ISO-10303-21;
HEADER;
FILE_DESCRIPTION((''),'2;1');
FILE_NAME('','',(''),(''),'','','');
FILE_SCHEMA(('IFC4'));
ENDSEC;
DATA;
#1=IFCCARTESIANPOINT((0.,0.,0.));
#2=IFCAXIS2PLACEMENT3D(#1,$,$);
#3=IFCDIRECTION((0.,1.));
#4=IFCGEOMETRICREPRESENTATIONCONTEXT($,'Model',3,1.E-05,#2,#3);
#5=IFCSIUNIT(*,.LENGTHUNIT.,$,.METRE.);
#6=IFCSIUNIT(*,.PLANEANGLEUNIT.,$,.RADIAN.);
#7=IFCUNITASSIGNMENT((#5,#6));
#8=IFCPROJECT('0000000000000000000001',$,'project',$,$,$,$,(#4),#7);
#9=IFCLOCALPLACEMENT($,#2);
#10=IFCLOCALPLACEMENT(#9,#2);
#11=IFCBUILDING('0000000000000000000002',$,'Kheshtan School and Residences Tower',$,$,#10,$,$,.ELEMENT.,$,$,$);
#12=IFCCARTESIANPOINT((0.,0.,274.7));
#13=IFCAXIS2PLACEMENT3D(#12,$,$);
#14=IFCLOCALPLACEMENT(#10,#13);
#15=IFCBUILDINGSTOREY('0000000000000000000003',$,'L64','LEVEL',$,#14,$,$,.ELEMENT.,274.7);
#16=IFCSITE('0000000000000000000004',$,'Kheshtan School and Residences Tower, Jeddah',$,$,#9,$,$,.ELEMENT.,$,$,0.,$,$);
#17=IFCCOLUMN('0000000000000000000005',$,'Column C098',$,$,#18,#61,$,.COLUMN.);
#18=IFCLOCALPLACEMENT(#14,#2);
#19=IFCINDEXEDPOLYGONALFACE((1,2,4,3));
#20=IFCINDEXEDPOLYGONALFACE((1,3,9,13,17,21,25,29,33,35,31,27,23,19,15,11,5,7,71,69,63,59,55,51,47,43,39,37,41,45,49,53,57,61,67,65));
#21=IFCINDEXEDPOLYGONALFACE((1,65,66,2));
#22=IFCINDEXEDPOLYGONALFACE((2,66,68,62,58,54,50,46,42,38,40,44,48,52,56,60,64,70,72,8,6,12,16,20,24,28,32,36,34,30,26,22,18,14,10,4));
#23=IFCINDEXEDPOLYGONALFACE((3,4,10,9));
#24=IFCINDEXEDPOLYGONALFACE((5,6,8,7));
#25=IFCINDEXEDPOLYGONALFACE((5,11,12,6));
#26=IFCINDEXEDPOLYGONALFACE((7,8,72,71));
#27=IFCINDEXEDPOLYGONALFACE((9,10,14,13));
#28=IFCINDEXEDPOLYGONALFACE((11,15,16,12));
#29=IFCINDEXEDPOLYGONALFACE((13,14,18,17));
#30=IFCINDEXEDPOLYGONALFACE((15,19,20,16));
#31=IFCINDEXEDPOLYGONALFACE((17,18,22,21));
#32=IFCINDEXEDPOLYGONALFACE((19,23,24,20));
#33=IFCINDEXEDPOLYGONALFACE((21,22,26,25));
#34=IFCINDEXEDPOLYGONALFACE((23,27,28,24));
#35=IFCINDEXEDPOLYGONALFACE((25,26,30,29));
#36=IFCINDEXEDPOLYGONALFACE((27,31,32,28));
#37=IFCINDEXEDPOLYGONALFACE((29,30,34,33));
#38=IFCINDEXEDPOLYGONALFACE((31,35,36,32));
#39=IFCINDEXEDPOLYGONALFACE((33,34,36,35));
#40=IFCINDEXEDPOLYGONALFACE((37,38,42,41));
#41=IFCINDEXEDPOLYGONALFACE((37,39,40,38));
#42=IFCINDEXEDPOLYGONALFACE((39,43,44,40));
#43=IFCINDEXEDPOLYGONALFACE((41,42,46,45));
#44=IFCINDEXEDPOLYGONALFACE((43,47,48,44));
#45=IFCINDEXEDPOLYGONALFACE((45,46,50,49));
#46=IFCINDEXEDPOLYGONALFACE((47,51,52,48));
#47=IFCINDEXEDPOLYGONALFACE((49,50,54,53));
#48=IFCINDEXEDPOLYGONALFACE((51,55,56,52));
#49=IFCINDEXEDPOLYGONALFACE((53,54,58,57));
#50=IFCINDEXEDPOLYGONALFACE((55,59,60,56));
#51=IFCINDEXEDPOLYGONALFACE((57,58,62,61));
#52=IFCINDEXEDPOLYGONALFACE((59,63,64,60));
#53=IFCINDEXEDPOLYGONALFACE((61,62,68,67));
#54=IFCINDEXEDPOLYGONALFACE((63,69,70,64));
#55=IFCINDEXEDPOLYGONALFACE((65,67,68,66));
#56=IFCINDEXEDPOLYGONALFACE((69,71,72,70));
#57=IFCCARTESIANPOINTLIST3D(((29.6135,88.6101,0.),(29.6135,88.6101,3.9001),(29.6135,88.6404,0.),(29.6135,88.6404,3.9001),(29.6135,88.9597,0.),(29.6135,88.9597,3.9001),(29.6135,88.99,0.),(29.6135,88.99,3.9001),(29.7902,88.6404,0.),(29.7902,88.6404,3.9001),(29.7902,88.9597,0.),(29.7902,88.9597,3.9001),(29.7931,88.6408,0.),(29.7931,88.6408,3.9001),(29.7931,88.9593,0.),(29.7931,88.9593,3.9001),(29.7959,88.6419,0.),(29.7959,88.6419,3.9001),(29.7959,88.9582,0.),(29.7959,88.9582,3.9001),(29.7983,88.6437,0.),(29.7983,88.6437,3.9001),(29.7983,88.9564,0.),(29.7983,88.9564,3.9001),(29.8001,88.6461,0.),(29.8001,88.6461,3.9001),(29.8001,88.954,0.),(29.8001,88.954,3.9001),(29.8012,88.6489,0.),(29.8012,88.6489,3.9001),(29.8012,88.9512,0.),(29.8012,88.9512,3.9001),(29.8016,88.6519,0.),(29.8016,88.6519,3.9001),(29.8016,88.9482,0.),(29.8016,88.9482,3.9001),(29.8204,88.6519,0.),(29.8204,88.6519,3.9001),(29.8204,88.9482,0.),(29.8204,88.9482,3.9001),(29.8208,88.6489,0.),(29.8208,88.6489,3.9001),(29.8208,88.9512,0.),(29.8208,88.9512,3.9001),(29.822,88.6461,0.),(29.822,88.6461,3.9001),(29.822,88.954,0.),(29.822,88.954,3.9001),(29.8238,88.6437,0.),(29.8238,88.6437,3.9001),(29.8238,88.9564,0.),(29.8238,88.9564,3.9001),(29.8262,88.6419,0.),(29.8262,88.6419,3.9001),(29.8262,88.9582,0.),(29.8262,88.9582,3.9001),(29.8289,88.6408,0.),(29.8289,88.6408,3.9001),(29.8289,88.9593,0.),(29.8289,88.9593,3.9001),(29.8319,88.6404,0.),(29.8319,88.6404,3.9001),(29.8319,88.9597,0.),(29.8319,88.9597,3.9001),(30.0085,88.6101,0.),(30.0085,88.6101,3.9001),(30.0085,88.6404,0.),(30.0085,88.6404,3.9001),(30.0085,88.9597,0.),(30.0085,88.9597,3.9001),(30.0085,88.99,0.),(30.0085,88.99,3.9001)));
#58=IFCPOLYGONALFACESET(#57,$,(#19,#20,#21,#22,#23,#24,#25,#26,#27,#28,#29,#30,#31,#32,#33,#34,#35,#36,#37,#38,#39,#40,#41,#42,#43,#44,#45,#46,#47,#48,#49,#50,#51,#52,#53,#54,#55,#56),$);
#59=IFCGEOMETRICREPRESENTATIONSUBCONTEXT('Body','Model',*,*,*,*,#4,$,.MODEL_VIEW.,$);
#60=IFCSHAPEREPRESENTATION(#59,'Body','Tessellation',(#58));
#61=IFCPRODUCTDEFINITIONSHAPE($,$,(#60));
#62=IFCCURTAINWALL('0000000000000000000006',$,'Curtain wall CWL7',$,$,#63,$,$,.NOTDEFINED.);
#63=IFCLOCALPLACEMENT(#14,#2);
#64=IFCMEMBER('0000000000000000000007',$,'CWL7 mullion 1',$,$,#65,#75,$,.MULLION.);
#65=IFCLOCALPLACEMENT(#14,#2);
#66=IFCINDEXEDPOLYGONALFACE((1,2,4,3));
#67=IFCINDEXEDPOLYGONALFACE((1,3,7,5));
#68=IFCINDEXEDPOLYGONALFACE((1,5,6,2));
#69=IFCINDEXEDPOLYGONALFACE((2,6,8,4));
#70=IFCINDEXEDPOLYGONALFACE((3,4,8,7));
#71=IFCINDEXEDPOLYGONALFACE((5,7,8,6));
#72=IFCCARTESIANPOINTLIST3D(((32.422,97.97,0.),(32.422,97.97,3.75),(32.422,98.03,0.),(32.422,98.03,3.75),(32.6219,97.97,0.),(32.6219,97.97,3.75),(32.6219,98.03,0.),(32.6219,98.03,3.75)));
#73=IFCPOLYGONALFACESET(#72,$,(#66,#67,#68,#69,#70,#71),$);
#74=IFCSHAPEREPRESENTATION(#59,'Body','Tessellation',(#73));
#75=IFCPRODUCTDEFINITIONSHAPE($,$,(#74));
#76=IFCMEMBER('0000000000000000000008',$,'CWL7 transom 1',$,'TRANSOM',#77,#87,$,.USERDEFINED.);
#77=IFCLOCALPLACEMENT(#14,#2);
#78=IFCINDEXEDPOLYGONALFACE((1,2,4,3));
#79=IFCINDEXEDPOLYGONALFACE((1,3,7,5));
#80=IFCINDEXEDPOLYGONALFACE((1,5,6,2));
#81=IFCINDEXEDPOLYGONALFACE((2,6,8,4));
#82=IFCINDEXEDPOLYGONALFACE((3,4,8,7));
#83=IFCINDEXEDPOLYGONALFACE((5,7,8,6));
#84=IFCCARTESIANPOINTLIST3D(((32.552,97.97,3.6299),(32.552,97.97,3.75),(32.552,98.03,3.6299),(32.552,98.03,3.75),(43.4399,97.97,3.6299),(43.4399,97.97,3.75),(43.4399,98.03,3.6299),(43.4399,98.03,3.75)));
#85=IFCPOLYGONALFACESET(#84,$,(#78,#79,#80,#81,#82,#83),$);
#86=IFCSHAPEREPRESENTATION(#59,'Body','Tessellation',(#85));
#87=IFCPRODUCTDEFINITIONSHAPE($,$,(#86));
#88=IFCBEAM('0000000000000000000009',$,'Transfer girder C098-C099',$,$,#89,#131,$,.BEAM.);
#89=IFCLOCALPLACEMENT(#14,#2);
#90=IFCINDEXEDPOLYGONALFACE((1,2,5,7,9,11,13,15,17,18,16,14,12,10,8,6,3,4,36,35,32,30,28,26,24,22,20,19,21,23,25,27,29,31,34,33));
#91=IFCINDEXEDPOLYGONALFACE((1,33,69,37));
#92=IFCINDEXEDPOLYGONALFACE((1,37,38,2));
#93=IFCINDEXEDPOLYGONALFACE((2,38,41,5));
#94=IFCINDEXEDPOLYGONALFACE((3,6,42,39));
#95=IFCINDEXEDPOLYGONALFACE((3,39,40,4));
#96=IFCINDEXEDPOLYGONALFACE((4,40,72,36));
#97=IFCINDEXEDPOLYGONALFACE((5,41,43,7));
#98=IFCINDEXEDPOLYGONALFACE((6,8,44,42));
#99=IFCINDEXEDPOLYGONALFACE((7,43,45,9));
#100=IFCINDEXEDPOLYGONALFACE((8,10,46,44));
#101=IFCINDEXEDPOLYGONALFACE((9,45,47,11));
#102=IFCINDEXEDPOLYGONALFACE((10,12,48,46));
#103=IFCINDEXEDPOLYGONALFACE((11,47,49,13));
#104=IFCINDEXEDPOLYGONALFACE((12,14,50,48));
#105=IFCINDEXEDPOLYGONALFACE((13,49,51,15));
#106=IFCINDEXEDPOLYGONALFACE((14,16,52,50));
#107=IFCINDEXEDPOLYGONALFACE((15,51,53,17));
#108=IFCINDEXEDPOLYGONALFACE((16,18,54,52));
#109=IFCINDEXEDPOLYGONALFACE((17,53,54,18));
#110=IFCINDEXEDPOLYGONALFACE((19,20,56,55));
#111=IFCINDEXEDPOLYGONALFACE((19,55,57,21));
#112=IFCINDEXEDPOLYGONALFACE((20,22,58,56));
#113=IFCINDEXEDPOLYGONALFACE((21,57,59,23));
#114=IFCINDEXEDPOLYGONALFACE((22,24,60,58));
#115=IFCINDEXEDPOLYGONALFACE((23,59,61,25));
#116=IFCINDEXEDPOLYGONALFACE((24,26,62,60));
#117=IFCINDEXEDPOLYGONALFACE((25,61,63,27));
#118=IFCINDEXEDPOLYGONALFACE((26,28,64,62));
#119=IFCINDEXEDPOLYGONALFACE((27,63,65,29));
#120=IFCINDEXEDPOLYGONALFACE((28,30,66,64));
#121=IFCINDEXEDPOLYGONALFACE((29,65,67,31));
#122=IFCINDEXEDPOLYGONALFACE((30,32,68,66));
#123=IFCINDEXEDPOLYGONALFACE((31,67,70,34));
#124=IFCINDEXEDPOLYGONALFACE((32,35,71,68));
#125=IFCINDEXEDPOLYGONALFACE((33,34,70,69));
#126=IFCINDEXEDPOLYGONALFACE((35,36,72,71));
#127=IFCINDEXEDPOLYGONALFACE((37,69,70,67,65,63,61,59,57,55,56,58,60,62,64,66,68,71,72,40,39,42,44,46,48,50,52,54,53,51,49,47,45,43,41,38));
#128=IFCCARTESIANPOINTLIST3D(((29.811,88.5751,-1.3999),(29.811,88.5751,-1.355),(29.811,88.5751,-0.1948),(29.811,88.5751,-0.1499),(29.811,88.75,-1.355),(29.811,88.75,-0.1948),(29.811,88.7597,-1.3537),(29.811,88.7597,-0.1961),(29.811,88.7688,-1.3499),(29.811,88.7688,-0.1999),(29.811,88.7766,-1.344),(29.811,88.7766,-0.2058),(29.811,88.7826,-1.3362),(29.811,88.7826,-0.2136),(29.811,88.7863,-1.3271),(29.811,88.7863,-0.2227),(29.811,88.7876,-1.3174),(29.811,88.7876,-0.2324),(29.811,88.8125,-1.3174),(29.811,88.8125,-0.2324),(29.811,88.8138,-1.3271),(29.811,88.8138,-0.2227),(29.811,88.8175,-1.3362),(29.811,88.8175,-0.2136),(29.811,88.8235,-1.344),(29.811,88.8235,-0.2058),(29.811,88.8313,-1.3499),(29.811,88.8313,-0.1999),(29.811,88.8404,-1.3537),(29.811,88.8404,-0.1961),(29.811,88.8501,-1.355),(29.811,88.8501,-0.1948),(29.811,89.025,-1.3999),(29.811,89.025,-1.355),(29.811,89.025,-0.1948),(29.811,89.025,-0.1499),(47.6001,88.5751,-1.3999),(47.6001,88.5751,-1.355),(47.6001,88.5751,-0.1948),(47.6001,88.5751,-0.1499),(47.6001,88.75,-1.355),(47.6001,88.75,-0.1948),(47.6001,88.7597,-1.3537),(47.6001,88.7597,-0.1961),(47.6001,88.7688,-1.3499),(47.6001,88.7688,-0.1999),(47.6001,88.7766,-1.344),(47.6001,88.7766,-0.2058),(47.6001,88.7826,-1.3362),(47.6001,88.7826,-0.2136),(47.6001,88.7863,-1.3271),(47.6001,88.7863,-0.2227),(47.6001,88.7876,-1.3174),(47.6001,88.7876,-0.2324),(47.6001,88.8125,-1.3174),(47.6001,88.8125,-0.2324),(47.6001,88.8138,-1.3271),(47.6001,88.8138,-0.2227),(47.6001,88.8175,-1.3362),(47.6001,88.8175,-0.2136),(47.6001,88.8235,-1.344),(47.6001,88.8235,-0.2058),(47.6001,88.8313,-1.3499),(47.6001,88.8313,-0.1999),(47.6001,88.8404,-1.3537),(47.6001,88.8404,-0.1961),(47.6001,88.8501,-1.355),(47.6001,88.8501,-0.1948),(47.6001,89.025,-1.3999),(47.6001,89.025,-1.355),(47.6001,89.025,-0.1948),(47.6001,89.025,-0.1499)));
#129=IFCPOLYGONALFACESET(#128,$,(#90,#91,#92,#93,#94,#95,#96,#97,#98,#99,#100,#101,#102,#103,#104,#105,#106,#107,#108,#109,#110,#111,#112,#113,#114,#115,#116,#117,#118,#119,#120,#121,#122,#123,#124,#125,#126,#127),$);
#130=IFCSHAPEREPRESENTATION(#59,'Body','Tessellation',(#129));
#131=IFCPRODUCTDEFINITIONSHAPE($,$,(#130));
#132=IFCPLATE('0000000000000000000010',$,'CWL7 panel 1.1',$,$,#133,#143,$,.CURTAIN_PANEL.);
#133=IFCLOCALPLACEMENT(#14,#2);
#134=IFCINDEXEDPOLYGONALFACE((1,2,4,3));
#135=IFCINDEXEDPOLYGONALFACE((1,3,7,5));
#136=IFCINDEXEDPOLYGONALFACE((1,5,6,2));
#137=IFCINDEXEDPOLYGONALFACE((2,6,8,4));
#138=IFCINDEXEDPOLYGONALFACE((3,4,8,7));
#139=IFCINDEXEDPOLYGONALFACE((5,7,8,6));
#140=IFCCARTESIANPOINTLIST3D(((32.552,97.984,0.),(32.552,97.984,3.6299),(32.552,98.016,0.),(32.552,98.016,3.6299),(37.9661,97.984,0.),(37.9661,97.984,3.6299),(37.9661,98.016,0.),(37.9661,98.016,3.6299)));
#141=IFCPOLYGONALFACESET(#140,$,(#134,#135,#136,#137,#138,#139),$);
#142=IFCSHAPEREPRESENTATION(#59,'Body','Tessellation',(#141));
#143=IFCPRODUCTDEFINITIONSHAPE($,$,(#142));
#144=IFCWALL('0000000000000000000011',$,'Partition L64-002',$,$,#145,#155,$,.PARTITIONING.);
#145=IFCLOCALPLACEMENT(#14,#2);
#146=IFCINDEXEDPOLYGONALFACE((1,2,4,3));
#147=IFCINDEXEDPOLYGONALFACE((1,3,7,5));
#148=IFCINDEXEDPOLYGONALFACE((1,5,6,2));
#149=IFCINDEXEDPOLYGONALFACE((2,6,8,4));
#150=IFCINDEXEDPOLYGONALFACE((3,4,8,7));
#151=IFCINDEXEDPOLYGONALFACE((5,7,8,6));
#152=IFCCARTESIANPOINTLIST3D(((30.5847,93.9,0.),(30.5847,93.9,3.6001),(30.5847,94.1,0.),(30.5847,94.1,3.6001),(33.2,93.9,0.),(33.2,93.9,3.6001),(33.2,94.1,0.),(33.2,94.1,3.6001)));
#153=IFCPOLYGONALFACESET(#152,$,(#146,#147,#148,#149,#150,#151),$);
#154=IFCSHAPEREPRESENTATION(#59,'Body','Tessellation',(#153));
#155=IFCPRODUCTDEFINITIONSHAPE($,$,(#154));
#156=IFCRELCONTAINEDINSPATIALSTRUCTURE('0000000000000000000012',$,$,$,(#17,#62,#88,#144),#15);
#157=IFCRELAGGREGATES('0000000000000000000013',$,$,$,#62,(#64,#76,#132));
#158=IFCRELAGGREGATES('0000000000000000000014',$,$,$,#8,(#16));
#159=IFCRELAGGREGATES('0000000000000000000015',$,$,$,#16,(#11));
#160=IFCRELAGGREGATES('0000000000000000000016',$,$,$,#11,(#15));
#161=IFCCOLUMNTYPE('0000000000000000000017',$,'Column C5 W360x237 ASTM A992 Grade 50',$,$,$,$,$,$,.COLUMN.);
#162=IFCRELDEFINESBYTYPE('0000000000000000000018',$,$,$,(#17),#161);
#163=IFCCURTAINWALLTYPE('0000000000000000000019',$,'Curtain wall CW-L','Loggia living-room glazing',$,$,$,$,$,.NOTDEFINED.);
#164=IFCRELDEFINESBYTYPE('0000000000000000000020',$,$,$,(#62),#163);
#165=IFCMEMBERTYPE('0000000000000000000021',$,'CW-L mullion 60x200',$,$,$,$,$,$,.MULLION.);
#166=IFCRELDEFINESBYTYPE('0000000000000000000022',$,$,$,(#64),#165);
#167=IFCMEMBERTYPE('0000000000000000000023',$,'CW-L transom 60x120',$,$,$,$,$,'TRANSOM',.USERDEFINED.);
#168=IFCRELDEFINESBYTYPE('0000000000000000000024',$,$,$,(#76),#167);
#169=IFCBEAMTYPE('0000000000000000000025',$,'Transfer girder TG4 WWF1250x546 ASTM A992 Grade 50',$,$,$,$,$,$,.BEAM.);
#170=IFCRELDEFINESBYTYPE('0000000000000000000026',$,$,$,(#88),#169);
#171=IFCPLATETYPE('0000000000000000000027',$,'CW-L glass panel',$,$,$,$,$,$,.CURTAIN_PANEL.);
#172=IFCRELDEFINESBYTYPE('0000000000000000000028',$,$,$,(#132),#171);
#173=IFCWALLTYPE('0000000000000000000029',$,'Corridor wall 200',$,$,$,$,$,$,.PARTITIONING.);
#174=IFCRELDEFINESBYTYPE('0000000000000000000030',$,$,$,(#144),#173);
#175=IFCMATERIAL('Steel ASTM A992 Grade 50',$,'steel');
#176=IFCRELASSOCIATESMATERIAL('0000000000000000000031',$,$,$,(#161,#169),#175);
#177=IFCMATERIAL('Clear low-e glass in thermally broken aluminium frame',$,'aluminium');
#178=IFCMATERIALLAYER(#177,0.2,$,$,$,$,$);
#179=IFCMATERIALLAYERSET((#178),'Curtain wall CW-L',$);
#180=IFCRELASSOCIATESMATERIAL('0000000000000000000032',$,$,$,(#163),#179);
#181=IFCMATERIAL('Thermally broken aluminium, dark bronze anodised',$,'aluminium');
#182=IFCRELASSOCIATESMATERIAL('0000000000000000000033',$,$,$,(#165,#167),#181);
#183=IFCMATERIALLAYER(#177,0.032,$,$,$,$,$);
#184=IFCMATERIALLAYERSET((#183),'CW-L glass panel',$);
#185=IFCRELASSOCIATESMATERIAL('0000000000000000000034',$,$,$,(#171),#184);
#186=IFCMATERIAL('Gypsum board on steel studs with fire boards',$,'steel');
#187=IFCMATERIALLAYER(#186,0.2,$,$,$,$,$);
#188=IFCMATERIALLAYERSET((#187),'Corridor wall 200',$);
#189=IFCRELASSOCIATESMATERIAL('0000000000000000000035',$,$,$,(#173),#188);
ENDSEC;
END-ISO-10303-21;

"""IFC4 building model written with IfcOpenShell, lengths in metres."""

from ifc_helpers import new_model, si_unit, direction, frame, frame_2d, origin, origin_2d, place, context, subcontext, project, spatial, rectangle, i_section, extrude, material, layer, layer_set, material_profile, profile_set, type_object, element, aggregate, save


model = new_model("IFC4")

# Units and contexts
model_context = context("Model", 3, precision=1e-05, world=origin(), true_north=direction((0.0, 1.0)))
body_context = subcontext(model_context, "Body", "Model", "MODEL_VIEW")
ifc_project = project(units=[si_unit("LENGTHUNIT", "METRE"), si_unit("PLANEANGLEUNIT", "RADIAN")], contexts=[model_context])

# Site, building, storey
site_placement = place(None, origin())
site = spatial("IfcSite", under=ifc_project, at=site_placement, Name="Kheshtan School and Residences Tower, Jeddah", CompositionType="ELEMENT", RefElevation=0.0)
building_placement = place(site_placement, origin())
building = spatial("IfcBuilding", under=site, at=building_placement, Name="Kheshtan School and Residences Tower", CompositionType="ELEMENT")
storey_placement = place(building_placement, frame((0.0, 0.0, 274.7)))
storey = spatial("IfcBuildingStorey", under=building, at=storey_placement, Name="L64", Description="LEVEL", CompositionType="ELEMENT", Elevation=274.7)

# Column
ifc_material_1 = material(Name="Steel ASTM A992 Grade 50", Category="steel")
ifc_material_profile_1 = material_profile(ifc_material_1, i_section(OverallWidth=0.395, OverallDepth=0.3799, WebThickness=0.0188, FlangeThickness=0.0303, FilletRadius=0.0115, at=origin_2d()), Name="W360x237")
ifc_profile_set_1 = profile_set([ifc_material_profile_1], Name="Steel ASTM A992 Grade 50")
column_type = type_object("IfcColumnType", Name="Column C5 W360x237 ASTM A992 Grade 50", PredefinedType="COLUMN", material=ifc_profile_set_1)
column_placement = place(storey_placement, frame((29.811, 88.8, 0.0), z_axis=(0.0, 0.0, 1.0), x_axis=(1.0, 0.0, 0.0)))
element("IfcColumn", 1, at=column_placement, inside=storey, type_object=column_type, Name="Column C098", PredefinedType="COLUMN", context=body_context, shape_type="SweptSolid", body=[
    extrude(i_section(OverallWidth=0.395, OverallDepth=0.3799, WebThickness=0.0188, FlangeThickness=0.0303, FilletRadius=0.0115, at=origin_2d()), origin(), (0.0, 0.0, 1.0), 3.9001),
])

# Curtain wall, members
ifc_material_2 = material(Name="Clear low-e glass in thermally broken aluminium frame", Category="aluminium")
ifc_layer_1 = layer(ifc_material_2, 0.2)
ifc_layer_set_1 = layer_set([ifc_layer_1], Name="Curtain wall CW-L")
curtain_wall_type = type_object("IfcCurtainWallType", Name="Curtain wall CW-L", Description="Loggia living-room glazing", PredefinedType="NOTDEFINED", material=ifc_layer_set_1)
curtain_wall_placement = place(storey_placement, origin())
curtain_wall = element("IfcCurtainWall", 2, at=curtain_wall_placement, inside=storey, type_object=curtain_wall_type, Name="Curtain wall CWL7", PredefinedType="NOTDEFINED")
ifc_material_3 = material(Name="Thermally broken aluminium, dark bronze anodised", Category="aluminium")
ifc_material_profile_2 = material_profile(ifc_material_3, rectangle(XDim=0.0601, YDim=0.2, at=origin_2d()), Name="CW-L mullion 60x200")
ifc_profile_set_2 = profile_set([ifc_material_profile_2], Name="Thermally broken aluminium, dark bronze anodised")
member_type_1 = type_object("IfcMemberType", Name="CW-L mullion 60x200", PredefinedType="MULLION", material=ifc_profile_set_2)
member_1_placement = place(storey_placement, frame((32.522, 98.0, 0.0), z_axis=(0.0, 0.0, 1.0), x_axis=(0.0, 1.0, 0.0)))
member_1 = element("IfcMember", 3, at=member_1_placement, type_object=member_type_1, Name="CWL7 mullion 1", PredefinedType="MULLION", context=body_context, shape_type="SweptSolid", body=[
    extrude(rectangle(XDim=0.0601, YDim=0.2, at=origin_2d()), origin(), (0.0, 0.0, 1.0), 3.75),
])
ifc_material_profile_3 = material_profile(ifc_material_3, rectangle(XDim=0.0601, YDim=0.1201, at=origin_2d()), Name="CW-L transom 60x120")
ifc_profile_set_3 = profile_set([ifc_material_profile_3], Name="Thermally broken aluminium, dark bronze anodised")
member_type_2 = type_object("IfcMemberType", Name="CW-L transom 60x120", ElementType="TRANSOM", PredefinedType="USERDEFINED", material=ifc_profile_set_3)
member_2_placement = place(storey_placement, frame((32.552, 98.0, 3.6899), z_axis=(1.0, 0.0, 0.0), x_axis=(0.0, 1.0, 0.0)))
member_2 = element("IfcMember", 4, at=member_2_placement, type_object=member_type_2, Name="CWL7 transom 1", ObjectType="TRANSOM", PredefinedType="USERDEFINED", context=body_context, shape_type="SweptSolid", body=[
    extrude(rectangle(XDim=0.0601, YDim=0.1201, at=origin_2d()), origin(), (0.0, 0.0, 1.0), 10.8879),
])

# Beam
ifc_material_profile_4 = material_profile(ifc_material_1, i_section(OverallWidth=0.45, OverallDepth=1.25, WebThickness=0.0249, FlangeThickness=0.0449, FilletRadius=0.0376, at=origin_2d()), Name="WWF1250x546")
ifc_profile_set_4 = profile_set([ifc_material_profile_4], Name="Steel ASTM A992 Grade 50")
beam_type = type_object("IfcBeamType", Name="Transfer girder TG4 WWF1250x546 ASTM A992 Grade 50", PredefinedType="BEAM", material=ifc_profile_set_4)
beam_placement = place(storey_placement, frame((29.811, 88.8, -0.7749), z_axis=(1.0, 0.0, 0.0), x_axis=(0.0, 1.0, 0.0)))
element("IfcBeam", 5, at=beam_placement, inside=storey, type_object=beam_type, Name="Transfer girder C098-C099", PredefinedType="BEAM", context=body_context, shape_type="SweptSolid", body=[
    extrude(i_section(OverallWidth=0.45, OverallDepth=1.25, WebThickness=0.0249, FlangeThickness=0.0449, FilletRadius=0.0376, at=origin_2d()), origin(), (0.0, 0.0, 1.0), 17.7891),
])

# Plate
ifc_layer_2 = layer(ifc_material_2, 0.032)
ifc_layer_set_2 = layer_set([ifc_layer_2], Name="CW-L glass panel")
plate_type = type_object("IfcPlateType", Name="CW-L glass panel", PredefinedType="CURTAIN_PANEL", material=ifc_layer_set_2)
plate_placement = place(storey_placement, frame((35.259, 98.0, 0.0), z_axis=(0.0, 0.0, 1.0), x_axis=(1.0, 0.0, 0.0)))
plate = element("IfcPlate", 6, at=plate_placement, type_object=plate_type, Name="CWL7 panel 1.1", PredefinedType="CURTAIN_PANEL", context=body_context, shape_type="SweptSolid", body=[
    extrude(rectangle(XDim=5.4141, YDim=0.032, at=origin_2d()), origin(), (0.0, 0.0, 1.0), 3.6299),
])
aggregate(curtain_wall, [member_1, member_2, plate])

# Wall
ifc_material_4 = material(Name="Gypsum board on steel studs with fire boards", Category="steel")
ifc_layer_3 = layer(ifc_material_4, 0.2)
ifc_layer_set_3 = layer_set([ifc_layer_3], Name="Corridor wall 200")
wall_type_1 = type_object("IfcWallType", Name="Corridor wall 200", PredefinedType="PARTITIONING", material=ifc_layer_set_3)
wall_1_placement = place(storey_placement, frame((30.5847, 94.0, 0.0), z_axis=(0.0, 0.0, 1.0), x_axis=(1.0, 0.0, 0.0)))
element("IfcWall", 7, at=wall_1_placement, inside=storey, type_object=wall_type_1, Name="Partition L64-002", PredefinedType="PARTITIONING", context=body_context, shape_type="SweptSolid", body=[
    extrude(rectangle(XDim=2.6152, YDim=0.2, at=frame_2d((1.3076, 0.0))), origin(), (0.0, 0.0, 1.0), 3.6001),
])

save(model, "model.ifc")
